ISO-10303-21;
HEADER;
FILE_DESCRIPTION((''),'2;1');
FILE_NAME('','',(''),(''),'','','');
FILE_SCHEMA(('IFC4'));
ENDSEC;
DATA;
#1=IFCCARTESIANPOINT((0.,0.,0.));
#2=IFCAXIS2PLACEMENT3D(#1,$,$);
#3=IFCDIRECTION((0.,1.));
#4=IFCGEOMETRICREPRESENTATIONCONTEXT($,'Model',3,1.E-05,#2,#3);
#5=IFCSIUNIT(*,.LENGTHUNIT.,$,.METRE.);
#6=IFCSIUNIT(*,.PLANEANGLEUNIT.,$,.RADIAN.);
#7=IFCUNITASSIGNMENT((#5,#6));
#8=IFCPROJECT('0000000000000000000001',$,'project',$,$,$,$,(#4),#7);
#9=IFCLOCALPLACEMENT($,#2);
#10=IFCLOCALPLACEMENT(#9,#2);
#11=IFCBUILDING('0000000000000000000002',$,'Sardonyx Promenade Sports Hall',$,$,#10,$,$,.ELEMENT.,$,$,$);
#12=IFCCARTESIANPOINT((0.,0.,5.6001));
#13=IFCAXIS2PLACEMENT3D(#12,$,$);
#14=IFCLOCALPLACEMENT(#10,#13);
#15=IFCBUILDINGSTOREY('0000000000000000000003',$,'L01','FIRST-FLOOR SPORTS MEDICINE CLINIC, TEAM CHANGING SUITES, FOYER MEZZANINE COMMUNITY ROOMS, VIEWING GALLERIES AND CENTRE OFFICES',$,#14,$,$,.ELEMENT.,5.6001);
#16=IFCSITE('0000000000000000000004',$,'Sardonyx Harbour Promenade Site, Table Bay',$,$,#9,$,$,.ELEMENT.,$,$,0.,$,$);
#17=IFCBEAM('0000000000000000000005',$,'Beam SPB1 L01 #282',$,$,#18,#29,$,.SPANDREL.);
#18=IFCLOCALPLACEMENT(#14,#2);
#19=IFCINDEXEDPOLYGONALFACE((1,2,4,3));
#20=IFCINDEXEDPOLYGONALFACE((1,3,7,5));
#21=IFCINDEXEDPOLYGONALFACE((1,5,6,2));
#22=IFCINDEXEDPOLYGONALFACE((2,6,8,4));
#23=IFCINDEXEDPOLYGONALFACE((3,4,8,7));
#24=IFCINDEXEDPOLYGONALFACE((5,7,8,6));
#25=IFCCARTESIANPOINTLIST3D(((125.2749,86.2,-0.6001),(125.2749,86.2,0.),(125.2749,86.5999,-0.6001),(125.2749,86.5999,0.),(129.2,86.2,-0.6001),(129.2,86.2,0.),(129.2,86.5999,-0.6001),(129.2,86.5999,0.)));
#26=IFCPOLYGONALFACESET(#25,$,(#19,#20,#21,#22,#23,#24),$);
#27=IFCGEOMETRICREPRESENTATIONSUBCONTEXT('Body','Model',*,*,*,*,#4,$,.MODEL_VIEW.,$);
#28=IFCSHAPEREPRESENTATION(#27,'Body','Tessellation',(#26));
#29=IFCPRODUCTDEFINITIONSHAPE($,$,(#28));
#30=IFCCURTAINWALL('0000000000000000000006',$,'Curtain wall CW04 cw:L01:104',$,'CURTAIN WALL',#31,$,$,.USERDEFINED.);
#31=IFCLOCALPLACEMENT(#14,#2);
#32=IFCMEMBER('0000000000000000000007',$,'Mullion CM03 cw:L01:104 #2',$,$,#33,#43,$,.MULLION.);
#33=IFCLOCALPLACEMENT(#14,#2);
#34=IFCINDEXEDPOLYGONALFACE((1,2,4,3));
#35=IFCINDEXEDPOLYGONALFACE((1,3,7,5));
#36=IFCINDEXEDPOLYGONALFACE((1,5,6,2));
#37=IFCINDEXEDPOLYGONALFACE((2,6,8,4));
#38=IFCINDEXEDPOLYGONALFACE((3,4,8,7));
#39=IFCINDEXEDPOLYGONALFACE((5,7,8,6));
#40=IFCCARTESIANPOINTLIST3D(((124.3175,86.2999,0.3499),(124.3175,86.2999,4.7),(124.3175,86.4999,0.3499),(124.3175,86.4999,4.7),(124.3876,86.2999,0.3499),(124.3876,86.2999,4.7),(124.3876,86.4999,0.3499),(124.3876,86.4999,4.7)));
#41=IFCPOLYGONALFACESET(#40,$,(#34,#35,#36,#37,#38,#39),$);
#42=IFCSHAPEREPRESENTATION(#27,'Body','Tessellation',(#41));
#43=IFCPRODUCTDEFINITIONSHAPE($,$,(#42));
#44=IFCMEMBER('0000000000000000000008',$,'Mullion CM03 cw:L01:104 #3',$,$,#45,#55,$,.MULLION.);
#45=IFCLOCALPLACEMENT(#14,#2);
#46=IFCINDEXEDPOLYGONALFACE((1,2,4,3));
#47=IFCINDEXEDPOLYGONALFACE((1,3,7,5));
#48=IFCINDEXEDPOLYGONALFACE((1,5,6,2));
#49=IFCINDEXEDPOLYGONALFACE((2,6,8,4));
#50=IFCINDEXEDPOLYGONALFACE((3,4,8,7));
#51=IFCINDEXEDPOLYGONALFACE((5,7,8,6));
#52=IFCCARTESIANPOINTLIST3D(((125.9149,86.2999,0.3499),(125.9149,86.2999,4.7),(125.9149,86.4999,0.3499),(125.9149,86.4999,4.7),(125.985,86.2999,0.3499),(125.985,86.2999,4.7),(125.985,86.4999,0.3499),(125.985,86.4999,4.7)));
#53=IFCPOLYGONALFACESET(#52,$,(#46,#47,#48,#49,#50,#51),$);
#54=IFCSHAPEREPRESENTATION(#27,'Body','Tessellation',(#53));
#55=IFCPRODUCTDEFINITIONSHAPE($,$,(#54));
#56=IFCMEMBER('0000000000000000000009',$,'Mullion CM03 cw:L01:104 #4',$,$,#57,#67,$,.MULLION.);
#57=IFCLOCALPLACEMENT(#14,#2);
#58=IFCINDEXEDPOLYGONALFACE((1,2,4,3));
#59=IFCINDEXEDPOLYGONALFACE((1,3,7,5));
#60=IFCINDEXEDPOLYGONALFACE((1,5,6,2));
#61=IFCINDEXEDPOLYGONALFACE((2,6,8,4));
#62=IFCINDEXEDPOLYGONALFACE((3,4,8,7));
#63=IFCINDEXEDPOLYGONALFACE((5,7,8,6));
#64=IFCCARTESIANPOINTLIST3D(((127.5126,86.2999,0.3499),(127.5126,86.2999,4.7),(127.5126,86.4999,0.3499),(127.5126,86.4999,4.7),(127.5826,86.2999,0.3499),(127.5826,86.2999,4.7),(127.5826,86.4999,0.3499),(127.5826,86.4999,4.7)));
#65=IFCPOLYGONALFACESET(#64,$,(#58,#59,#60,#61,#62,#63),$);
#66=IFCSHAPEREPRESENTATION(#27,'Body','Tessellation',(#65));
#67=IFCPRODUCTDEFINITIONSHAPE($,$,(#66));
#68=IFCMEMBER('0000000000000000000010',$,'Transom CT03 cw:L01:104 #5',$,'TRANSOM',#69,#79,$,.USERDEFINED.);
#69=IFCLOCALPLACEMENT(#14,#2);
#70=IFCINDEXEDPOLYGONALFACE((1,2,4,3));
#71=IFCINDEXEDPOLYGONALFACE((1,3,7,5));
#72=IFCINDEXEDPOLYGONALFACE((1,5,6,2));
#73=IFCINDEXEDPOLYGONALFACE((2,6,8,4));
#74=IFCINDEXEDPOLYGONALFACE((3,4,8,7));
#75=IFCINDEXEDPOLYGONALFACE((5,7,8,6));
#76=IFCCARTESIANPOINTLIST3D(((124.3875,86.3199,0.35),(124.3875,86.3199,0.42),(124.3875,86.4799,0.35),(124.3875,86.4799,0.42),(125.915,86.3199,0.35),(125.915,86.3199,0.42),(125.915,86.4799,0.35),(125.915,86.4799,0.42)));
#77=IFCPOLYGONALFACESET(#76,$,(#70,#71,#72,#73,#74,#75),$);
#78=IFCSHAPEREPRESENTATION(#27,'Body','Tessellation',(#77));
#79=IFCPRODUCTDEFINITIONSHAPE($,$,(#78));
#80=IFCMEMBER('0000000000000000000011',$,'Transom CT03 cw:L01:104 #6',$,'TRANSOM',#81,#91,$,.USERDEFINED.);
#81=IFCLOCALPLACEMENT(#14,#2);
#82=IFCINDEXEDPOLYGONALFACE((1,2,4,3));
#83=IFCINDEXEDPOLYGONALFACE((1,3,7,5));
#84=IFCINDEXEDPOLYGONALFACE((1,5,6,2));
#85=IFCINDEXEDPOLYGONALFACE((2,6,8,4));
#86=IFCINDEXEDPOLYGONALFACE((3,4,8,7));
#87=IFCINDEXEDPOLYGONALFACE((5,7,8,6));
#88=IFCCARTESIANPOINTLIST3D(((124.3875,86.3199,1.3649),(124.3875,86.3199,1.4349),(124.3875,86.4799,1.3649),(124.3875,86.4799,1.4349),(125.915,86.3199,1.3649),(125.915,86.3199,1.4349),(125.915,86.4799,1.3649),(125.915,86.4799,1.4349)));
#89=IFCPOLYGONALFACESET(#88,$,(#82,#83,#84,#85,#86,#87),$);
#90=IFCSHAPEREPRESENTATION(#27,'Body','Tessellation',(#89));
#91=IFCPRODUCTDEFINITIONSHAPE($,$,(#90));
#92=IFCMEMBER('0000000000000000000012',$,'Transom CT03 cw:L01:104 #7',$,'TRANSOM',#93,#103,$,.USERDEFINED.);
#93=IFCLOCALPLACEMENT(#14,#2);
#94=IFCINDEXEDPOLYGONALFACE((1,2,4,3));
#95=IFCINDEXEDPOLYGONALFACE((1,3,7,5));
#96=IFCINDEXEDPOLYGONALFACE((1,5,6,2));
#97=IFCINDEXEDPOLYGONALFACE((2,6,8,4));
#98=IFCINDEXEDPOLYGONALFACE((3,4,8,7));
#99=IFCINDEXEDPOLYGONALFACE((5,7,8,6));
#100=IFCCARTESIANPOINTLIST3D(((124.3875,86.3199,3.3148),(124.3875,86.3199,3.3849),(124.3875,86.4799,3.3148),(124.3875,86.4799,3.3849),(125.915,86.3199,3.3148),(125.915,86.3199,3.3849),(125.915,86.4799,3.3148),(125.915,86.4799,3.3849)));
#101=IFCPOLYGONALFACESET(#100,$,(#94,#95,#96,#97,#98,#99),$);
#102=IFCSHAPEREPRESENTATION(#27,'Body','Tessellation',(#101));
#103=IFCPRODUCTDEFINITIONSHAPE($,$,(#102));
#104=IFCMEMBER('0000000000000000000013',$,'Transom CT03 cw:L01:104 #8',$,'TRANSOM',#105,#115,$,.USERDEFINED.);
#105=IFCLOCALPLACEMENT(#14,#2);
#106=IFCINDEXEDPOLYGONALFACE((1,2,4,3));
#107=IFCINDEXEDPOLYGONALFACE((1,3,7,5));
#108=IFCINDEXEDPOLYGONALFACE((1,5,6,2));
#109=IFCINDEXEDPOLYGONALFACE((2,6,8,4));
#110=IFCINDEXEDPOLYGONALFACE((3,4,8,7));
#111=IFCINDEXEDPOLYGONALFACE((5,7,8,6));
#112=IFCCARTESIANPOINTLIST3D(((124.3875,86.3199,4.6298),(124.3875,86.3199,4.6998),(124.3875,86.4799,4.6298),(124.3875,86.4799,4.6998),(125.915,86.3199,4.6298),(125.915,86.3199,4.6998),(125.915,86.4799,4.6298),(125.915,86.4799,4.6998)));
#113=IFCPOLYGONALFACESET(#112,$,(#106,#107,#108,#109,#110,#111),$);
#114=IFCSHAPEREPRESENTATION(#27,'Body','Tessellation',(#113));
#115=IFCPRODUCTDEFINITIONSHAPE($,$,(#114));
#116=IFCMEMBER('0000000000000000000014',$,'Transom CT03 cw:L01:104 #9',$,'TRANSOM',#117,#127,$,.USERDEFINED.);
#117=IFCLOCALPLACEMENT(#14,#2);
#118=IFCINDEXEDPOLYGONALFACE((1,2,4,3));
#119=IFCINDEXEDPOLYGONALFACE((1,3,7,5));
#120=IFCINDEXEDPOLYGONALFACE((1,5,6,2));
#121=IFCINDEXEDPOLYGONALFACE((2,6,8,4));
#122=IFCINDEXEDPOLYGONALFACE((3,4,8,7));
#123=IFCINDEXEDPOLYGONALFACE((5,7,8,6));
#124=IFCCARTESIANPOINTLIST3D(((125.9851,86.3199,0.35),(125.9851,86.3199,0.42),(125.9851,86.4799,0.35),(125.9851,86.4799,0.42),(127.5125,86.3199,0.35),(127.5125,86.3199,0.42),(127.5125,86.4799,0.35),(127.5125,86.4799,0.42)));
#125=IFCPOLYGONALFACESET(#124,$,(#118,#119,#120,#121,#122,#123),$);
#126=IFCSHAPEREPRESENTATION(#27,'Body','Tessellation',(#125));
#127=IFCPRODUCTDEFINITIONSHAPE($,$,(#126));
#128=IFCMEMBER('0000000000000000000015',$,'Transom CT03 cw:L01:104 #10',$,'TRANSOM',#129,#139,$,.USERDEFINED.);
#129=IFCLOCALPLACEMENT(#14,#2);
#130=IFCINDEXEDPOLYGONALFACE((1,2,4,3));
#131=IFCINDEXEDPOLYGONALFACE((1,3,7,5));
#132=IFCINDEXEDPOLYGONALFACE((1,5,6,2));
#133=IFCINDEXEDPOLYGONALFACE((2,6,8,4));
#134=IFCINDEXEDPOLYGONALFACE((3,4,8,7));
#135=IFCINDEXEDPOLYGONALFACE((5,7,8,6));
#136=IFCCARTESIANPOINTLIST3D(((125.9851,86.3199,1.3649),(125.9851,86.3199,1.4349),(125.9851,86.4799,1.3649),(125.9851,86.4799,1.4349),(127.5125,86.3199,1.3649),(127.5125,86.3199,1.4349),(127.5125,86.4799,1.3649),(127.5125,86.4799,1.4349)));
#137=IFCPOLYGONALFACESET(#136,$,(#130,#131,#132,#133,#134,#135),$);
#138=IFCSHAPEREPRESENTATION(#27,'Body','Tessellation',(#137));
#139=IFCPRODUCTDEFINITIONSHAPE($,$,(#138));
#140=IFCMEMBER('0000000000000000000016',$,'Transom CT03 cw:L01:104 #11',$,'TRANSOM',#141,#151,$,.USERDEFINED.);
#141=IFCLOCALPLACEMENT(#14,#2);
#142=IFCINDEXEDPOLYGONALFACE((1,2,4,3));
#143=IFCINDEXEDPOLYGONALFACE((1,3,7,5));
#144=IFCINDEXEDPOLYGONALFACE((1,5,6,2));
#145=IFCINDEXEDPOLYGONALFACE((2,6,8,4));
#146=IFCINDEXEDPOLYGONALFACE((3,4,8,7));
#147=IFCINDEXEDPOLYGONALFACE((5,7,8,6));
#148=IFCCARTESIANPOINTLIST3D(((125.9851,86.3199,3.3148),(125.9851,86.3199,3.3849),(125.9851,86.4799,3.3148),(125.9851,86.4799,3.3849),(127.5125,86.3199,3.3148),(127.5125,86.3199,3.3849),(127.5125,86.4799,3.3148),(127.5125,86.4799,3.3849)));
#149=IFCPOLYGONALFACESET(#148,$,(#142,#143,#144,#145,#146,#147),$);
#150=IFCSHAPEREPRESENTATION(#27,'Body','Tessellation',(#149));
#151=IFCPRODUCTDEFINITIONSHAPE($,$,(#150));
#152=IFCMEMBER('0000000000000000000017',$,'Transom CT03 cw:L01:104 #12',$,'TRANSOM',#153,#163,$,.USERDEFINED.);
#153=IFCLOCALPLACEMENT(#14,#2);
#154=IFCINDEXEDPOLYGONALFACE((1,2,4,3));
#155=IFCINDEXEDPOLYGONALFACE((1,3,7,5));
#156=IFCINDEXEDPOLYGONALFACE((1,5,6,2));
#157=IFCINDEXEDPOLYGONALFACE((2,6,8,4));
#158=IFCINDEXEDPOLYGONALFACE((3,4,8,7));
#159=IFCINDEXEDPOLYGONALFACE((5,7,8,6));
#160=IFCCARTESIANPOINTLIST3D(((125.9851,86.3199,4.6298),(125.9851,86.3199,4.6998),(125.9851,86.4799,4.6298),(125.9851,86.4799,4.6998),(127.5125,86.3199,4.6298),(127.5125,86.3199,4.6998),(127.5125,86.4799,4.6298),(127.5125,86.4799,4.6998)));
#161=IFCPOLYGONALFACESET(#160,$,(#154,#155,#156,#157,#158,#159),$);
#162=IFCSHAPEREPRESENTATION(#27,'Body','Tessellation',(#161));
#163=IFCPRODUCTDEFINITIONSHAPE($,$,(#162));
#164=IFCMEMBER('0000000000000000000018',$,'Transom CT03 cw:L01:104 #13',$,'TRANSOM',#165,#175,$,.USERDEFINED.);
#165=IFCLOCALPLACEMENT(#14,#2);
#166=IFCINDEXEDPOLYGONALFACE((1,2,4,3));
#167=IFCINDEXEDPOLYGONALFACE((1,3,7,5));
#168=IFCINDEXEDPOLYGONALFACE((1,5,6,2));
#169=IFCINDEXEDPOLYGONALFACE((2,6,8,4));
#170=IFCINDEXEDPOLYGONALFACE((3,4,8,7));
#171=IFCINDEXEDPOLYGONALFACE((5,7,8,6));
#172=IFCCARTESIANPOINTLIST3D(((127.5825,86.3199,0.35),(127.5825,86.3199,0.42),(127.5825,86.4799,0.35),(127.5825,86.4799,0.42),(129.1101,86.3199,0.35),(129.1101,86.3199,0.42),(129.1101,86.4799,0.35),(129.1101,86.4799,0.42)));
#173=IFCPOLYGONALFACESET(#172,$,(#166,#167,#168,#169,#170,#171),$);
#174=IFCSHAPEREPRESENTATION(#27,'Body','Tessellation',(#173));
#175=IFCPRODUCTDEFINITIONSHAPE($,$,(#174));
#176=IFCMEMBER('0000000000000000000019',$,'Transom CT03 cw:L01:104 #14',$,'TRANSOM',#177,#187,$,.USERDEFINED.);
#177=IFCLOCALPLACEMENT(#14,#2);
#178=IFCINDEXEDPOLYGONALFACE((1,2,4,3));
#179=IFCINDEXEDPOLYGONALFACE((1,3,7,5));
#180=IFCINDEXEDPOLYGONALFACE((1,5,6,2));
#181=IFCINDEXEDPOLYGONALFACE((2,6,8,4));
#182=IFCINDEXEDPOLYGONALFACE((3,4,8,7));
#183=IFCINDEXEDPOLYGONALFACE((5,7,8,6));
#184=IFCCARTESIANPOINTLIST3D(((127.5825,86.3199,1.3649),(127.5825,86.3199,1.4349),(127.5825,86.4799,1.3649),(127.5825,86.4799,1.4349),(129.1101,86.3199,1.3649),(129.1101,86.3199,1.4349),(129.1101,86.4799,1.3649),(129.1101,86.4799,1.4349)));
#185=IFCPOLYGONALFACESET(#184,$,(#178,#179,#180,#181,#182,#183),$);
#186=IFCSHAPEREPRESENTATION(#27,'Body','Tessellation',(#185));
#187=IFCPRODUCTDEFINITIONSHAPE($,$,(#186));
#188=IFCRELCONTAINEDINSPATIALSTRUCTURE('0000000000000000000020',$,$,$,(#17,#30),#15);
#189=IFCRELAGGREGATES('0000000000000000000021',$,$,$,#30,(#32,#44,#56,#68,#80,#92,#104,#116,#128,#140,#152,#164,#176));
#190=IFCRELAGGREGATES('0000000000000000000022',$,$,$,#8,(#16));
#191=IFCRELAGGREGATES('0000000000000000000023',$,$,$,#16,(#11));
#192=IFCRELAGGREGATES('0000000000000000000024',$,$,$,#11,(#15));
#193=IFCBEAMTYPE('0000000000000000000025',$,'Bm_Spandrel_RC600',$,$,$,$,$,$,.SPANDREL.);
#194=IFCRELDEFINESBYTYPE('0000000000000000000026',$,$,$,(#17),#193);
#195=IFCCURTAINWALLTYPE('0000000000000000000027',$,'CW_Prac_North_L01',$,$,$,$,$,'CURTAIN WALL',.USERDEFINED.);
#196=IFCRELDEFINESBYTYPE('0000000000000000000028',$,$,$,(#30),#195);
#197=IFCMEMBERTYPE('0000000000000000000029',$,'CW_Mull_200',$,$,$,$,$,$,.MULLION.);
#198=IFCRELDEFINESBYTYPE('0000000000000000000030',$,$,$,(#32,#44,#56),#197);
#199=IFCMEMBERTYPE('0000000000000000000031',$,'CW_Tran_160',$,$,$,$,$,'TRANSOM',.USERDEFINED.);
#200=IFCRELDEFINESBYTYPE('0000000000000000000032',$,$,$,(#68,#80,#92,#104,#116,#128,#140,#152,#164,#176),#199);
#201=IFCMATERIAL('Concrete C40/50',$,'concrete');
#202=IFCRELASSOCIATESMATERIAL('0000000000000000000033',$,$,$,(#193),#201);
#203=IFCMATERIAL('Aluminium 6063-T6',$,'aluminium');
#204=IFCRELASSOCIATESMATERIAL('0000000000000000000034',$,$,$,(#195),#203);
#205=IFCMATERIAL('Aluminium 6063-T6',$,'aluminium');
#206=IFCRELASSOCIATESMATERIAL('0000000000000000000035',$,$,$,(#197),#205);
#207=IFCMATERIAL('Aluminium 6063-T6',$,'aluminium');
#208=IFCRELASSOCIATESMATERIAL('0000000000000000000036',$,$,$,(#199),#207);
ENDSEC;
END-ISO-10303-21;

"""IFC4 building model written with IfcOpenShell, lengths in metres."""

from ifc_helpers import new_model, si_unit, direction, frame, origin, origin_2d, place, context, subcontext, project, spatial, rectangle, extrude, material, material_profile, profile_set, type_object, element, aggregate, save


model = new_model("IFC4")

# Units and contexts
model_context = context("Model", 3, precision=1e-05, world=origin(), true_north=direction((0.0, 1.0)))
body_context = subcontext(model_context, "Body", "Model", "MODEL_VIEW")
ifc_project = project(units=[si_unit("LENGTHUNIT", "METRE"), si_unit("PLANEANGLEUNIT", "RADIAN")], contexts=[model_context])

# Site, building, storey
site_placement = place(None, origin())
site = spatial("IfcSite", under=ifc_project, at=site_placement, Name="Sardonyx Harbour Promenade Site, Table Bay", CompositionType="ELEMENT", RefElevation=0.0)
building_placement = place(site_placement, origin())
building = spatial("IfcBuilding", under=site, at=building_placement, Name="Sardonyx Promenade Sports Hall", CompositionType="ELEMENT")
storey_placement = place(building_placement, frame((0.0, 0.0, 5.6001)))
storey = spatial("IfcBuildingStorey", under=building, at=storey_placement, Name="L01", Description="FIRST-FLOOR SPORTS MEDICINE CLINIC, TEAM CHANGING SUITES, FOYER MEZZANINE COMMUNITY ROOMS, VIEWING GALLERIES AND CENTRE OFFICES", CompositionType="ELEMENT", Elevation=5.6001)

# Beam
ifc_material_1 = material(Name="Concrete C40/50", Category="concrete")
ifc_material_profile_1 = material_profile(ifc_material_1, rectangle(XDim=0.3999, YDim=0.6001, at=origin_2d()))
ifc_profile_set_1 = profile_set([ifc_material_profile_1], Name="Concrete C40/50")
beam_type = type_object("IfcBeamType", Name="Bm_Spandrel_RC600", PredefinedType="SPANDREL", material=ifc_profile_set_1)
beam_placement = place(storey_placement, frame((125.2749, 86.3999, -0.3), z_axis=(1.0, 0.0, 0.0), x_axis=(0.0, 1.0, 0.0)))
element("IfcBeam", 1, at=beam_placement, inside=storey, type_object=beam_type, Name="Beam SPB1 L01 #282", PredefinedType="SPANDREL", context=body_context, shape_type="SweptSolid", body=[
    extrude(rectangle(XDim=0.3999, YDim=0.6001, at=origin_2d()), origin(), (0.0, 0.0, 1.0), 3.925),
])

# Curtain wall, members
ifc_material_2 = material(Name="Aluminium 6063-T6", Category="aluminium")
curtain_wall_type = type_object("IfcCurtainWallType", Name="CW_Prac_North_L01", ElementType="CURTAIN WALL", PredefinedType="USERDEFINED", material=ifc_material_2)
curtain_wall_placement = place(storey_placement, origin())
curtain_wall = element("IfcCurtainWall", 2, at=curtain_wall_placement, inside=storey, type_object=curtain_wall_type, Name="Curtain wall CW04 cw:L01:104", ObjectType="CURTAIN WALL", PredefinedType="USERDEFINED")
ifc_material_3 = material(Name="Aluminium 6063-T6", Category="aluminium")
ifc_material_profile_2 = material_profile(ifc_material_3, rectangle(XDim=0.0701, YDim=0.2, at=origin_2d()))
ifc_profile_set_2 = profile_set([ifc_material_profile_2], Name="Aluminium 6063-T6")
member_type_1 = type_object("IfcMemberType", Name="CW_Mull_200", PredefinedType="MULLION", material=ifc_profile_set_2)
member_1_placement = place(storey_placement, frame((124.3525, 86.3999, 0.3499), z_axis=(0.0, 0.0, 1.0), x_axis=(1.0, 0.0, 0.0)))
member_1 = element("IfcMember", 3, at=member_1_placement, type_object=member_type_1, Name="Mullion CM03 cw:L01:104 #2", PredefinedType="MULLION", context=body_context, shape_type="SweptSolid", body=[
    extrude(rectangle(XDim=0.0701, YDim=0.2, at=origin_2d()), origin(), (0.0, 0.0, 1.0), 4.3501),
])
member_2_placement = place(storey_placement, frame((125.95, 86.3999, 0.3499), z_axis=(0.0, 0.0, 1.0), x_axis=(1.0, 0.0, 0.0)))
member_2 = element("IfcMember", 4, at=member_2_placement, type_object=member_type_1, Name="Mullion CM03 cw:L01:104 #3", PredefinedType="MULLION", context=body_context, shape_type="SweptSolid", body=[
    extrude(rectangle(XDim=0.0701, YDim=0.2, at=origin_2d()), origin(), (0.0, 0.0, 1.0), 4.3501),
])
member_3_placement = place(storey_placement, frame((127.5476, 86.3999, 0.3499), z_axis=(0.0, 0.0, 1.0), x_axis=(1.0, 0.0, 0.0)))
member_3 = element("IfcMember", 5, at=member_3_placement, type_object=member_type_1, Name="Mullion CM03 cw:L01:104 #4", PredefinedType="MULLION", context=body_context, shape_type="SweptSolid", body=[
    extrude(rectangle(XDim=0.0701, YDim=0.2, at=origin_2d()), origin(), (0.0, 0.0, 1.0), 4.3501),
])
ifc_material_4 = material(Name="Aluminium 6063-T6", Category="aluminium")
ifc_material_profile_3 = material_profile(ifc_material_4, rectangle(XDim=0.0701, YDim=0.1599, at=origin_2d()))
ifc_profile_set_3 = profile_set([ifc_material_profile_3], Name="Aluminium 6063-T6")
member_type_2 = type_object("IfcMemberType", Name="CW_Tran_160", ElementType="TRANSOM", PredefinedType="USERDEFINED", material=ifc_profile_set_3)
member_4_placement = place(storey_placement, frame((124.3875, 86.3999, 0.385), z_axis=(1.0, 0.0, 0.0), x_axis=(0.0, 0.0, 1.0)))
member_4 = element("IfcMember", 6, at=member_4_placement, type_object=member_type_2, Name="Transom CT03 cw:L01:104 #5", ObjectType="TRANSOM", PredefinedType="USERDEFINED", context=body_context, shape_type="SweptSolid", body=[
    extrude(rectangle(XDim=0.0701, YDim=0.1599, at=origin_2d()), origin(), (0.0, 0.0, 1.0), 1.5276),
])
member_5_placement = place(storey_placement, frame((124.3875, 86.3999, 1.3999), z_axis=(1.0, 0.0, 0.0), x_axis=(0.0, 0.0, 1.0)))
member_5 = element("IfcMember", 7, at=member_5_placement, type_object=member_type_2, Name="Transom CT03 cw:L01:104 #6", ObjectType="TRANSOM", PredefinedType="USERDEFINED", context=body_context, shape_type="SweptSolid", body=[
    extrude(rectangle(XDim=0.0701, YDim=0.1599, at=origin_2d()), origin(), (0.0, 0.0, 1.0), 1.5276),
])
member_6_placement = place(storey_placement, frame((124.3875, 86.3999, 3.3499), z_axis=(1.0, 0.0, 0.0), x_axis=(0.0, 0.0, 1.0)))
member_6 = element("IfcMember", 8, at=member_6_placement, type_object=member_type_2, Name="Transom CT03 cw:L01:104 #7", ObjectType="TRANSOM", PredefinedType="USERDEFINED", context=body_context, shape_type="SweptSolid", body=[
    extrude(rectangle(XDim=0.0701, YDim=0.1599, at=origin_2d()), origin(), (0.0, 0.0, 1.0), 1.5276),
])
member_7_placement = place(storey_placement, frame((124.3875, 86.3999, 4.6648), z_axis=(1.0, 0.0, 0.0), x_axis=(0.0, 0.0, 1.0)))
member_7 = element("IfcMember", 9, at=member_7_placement, type_object=member_type_2, Name="Transom CT03 cw:L01:104 #8", ObjectType="TRANSOM", PredefinedType="USERDEFINED", context=body_context, shape_type="SweptSolid", body=[
    extrude(rectangle(XDim=0.0701, YDim=0.1599, at=origin_2d()), origin(), (0.0, 0.0, 1.0), 1.5276),
])
member_8_placement = place(storey_placement, frame((125.9851, 86.3999, 0.385), z_axis=(1.0, 0.0, 0.0), x_axis=(0.0, 0.0, 1.0)))
member_8 = element("IfcMember", 10, at=member_8_placement, type_object=member_type_2, Name="Transom CT03 cw:L01:104 #9", ObjectType="TRANSOM", PredefinedType="USERDEFINED", context=body_context, shape_type="SweptSolid", body=[
    extrude(rectangle(XDim=0.0701, YDim=0.1599, at=origin_2d()), origin(), (0.0, 0.0, 1.0), 1.5273),
])
member_9_placement = place(storey_placement, frame((125.9851, 86.3999, 1.3999), z_axis=(1.0, 0.0, 0.0), x_axis=(0.0, 0.0, 1.0)))
member_9 = element("IfcMember", 11, at=member_9_placement, type_object=member_type_2, Name="Transom CT03 cw:L01:104 #10", ObjectType="TRANSOM", PredefinedType="USERDEFINED", context=body_context, shape_type="SweptSolid", body=[
    extrude(rectangle(XDim=0.0701, YDim=0.1599, at=origin_2d()), origin(), (0.0, 0.0, 1.0), 1.5273),
])
member_10_placement = place(storey_placement, frame((125.9851, 86.3999, 3.3499), z_axis=(1.0, 0.0, 0.0), x_axis=(0.0, 0.0, 1.0)))
member_10 = element("IfcMember", 12, at=member_10_placement, type_object=member_type_2, Name="Transom CT03 cw:L01:104 #11", ObjectType="TRANSOM", PredefinedType="USERDEFINED", context=body_context, shape_type="SweptSolid", body=[
    extrude(rectangle(XDim=0.0701, YDim=0.1599, at=origin_2d()), origin(), (0.0, 0.0, 1.0), 1.5273),
])
member_11_placement = place(storey_placement, frame((125.9851, 86.3999, 4.6648), z_axis=(1.0, 0.0, 0.0), x_axis=(0.0, 0.0, 1.0)))
member_11 = element("IfcMember", 13, at=member_11_placement, type_object=member_type_2, Name="Transom CT03 cw:L01:104 #12", ObjectType="TRANSOM", PredefinedType="USERDEFINED", context=body_context, shape_type="SweptSolid", body=[
    extrude(rectangle(XDim=0.0701, YDim=0.1599, at=origin_2d()), origin(), (0.0, 0.0, 1.0), 1.5273),
])
member_12_placement = place(storey_placement, frame((127.5825, 86.3999, 0.385), z_axis=(1.0, 0.0, 0.0), x_axis=(0.0, 0.0, 1.0)))
member_12 = element("IfcMember", 14, at=member_12_placement, type_object=member_type_2, Name="Transom CT03 cw:L01:104 #13", ObjectType="TRANSOM", PredefinedType="USERDEFINED", context=body_context, shape_type="SweptSolid", body=[
    extrude(rectangle(XDim=0.0701, YDim=0.1599, at=origin_2d()), origin(), (0.0, 0.0, 1.0), 1.5276),
])
member_13_placement = place(storey_placement, frame((127.5825, 86.3999, 1.3999), z_axis=(1.0, 0.0, 0.0), x_axis=(0.0, 0.0, 1.0)))
member_13 = element("IfcMember", 15, at=member_13_placement, type_object=member_type_2, Name="Transom CT03 cw:L01:104 #14", ObjectType="TRANSOM", PredefinedType="USERDEFINED", context=body_context, shape_type="SweptSolid", body=[
    extrude(rectangle(XDim=0.0701, YDim=0.1599, at=origin_2d()), origin(), (0.0, 0.0, 1.0), 1.5276),
])
aggregate(curtain_wall, [member_1, member_2, member_3, member_4, member_5, member_6, member_7, member_8, member_9, member_10, member_11, member_12, member_13])

save(model, "model.ifc")
